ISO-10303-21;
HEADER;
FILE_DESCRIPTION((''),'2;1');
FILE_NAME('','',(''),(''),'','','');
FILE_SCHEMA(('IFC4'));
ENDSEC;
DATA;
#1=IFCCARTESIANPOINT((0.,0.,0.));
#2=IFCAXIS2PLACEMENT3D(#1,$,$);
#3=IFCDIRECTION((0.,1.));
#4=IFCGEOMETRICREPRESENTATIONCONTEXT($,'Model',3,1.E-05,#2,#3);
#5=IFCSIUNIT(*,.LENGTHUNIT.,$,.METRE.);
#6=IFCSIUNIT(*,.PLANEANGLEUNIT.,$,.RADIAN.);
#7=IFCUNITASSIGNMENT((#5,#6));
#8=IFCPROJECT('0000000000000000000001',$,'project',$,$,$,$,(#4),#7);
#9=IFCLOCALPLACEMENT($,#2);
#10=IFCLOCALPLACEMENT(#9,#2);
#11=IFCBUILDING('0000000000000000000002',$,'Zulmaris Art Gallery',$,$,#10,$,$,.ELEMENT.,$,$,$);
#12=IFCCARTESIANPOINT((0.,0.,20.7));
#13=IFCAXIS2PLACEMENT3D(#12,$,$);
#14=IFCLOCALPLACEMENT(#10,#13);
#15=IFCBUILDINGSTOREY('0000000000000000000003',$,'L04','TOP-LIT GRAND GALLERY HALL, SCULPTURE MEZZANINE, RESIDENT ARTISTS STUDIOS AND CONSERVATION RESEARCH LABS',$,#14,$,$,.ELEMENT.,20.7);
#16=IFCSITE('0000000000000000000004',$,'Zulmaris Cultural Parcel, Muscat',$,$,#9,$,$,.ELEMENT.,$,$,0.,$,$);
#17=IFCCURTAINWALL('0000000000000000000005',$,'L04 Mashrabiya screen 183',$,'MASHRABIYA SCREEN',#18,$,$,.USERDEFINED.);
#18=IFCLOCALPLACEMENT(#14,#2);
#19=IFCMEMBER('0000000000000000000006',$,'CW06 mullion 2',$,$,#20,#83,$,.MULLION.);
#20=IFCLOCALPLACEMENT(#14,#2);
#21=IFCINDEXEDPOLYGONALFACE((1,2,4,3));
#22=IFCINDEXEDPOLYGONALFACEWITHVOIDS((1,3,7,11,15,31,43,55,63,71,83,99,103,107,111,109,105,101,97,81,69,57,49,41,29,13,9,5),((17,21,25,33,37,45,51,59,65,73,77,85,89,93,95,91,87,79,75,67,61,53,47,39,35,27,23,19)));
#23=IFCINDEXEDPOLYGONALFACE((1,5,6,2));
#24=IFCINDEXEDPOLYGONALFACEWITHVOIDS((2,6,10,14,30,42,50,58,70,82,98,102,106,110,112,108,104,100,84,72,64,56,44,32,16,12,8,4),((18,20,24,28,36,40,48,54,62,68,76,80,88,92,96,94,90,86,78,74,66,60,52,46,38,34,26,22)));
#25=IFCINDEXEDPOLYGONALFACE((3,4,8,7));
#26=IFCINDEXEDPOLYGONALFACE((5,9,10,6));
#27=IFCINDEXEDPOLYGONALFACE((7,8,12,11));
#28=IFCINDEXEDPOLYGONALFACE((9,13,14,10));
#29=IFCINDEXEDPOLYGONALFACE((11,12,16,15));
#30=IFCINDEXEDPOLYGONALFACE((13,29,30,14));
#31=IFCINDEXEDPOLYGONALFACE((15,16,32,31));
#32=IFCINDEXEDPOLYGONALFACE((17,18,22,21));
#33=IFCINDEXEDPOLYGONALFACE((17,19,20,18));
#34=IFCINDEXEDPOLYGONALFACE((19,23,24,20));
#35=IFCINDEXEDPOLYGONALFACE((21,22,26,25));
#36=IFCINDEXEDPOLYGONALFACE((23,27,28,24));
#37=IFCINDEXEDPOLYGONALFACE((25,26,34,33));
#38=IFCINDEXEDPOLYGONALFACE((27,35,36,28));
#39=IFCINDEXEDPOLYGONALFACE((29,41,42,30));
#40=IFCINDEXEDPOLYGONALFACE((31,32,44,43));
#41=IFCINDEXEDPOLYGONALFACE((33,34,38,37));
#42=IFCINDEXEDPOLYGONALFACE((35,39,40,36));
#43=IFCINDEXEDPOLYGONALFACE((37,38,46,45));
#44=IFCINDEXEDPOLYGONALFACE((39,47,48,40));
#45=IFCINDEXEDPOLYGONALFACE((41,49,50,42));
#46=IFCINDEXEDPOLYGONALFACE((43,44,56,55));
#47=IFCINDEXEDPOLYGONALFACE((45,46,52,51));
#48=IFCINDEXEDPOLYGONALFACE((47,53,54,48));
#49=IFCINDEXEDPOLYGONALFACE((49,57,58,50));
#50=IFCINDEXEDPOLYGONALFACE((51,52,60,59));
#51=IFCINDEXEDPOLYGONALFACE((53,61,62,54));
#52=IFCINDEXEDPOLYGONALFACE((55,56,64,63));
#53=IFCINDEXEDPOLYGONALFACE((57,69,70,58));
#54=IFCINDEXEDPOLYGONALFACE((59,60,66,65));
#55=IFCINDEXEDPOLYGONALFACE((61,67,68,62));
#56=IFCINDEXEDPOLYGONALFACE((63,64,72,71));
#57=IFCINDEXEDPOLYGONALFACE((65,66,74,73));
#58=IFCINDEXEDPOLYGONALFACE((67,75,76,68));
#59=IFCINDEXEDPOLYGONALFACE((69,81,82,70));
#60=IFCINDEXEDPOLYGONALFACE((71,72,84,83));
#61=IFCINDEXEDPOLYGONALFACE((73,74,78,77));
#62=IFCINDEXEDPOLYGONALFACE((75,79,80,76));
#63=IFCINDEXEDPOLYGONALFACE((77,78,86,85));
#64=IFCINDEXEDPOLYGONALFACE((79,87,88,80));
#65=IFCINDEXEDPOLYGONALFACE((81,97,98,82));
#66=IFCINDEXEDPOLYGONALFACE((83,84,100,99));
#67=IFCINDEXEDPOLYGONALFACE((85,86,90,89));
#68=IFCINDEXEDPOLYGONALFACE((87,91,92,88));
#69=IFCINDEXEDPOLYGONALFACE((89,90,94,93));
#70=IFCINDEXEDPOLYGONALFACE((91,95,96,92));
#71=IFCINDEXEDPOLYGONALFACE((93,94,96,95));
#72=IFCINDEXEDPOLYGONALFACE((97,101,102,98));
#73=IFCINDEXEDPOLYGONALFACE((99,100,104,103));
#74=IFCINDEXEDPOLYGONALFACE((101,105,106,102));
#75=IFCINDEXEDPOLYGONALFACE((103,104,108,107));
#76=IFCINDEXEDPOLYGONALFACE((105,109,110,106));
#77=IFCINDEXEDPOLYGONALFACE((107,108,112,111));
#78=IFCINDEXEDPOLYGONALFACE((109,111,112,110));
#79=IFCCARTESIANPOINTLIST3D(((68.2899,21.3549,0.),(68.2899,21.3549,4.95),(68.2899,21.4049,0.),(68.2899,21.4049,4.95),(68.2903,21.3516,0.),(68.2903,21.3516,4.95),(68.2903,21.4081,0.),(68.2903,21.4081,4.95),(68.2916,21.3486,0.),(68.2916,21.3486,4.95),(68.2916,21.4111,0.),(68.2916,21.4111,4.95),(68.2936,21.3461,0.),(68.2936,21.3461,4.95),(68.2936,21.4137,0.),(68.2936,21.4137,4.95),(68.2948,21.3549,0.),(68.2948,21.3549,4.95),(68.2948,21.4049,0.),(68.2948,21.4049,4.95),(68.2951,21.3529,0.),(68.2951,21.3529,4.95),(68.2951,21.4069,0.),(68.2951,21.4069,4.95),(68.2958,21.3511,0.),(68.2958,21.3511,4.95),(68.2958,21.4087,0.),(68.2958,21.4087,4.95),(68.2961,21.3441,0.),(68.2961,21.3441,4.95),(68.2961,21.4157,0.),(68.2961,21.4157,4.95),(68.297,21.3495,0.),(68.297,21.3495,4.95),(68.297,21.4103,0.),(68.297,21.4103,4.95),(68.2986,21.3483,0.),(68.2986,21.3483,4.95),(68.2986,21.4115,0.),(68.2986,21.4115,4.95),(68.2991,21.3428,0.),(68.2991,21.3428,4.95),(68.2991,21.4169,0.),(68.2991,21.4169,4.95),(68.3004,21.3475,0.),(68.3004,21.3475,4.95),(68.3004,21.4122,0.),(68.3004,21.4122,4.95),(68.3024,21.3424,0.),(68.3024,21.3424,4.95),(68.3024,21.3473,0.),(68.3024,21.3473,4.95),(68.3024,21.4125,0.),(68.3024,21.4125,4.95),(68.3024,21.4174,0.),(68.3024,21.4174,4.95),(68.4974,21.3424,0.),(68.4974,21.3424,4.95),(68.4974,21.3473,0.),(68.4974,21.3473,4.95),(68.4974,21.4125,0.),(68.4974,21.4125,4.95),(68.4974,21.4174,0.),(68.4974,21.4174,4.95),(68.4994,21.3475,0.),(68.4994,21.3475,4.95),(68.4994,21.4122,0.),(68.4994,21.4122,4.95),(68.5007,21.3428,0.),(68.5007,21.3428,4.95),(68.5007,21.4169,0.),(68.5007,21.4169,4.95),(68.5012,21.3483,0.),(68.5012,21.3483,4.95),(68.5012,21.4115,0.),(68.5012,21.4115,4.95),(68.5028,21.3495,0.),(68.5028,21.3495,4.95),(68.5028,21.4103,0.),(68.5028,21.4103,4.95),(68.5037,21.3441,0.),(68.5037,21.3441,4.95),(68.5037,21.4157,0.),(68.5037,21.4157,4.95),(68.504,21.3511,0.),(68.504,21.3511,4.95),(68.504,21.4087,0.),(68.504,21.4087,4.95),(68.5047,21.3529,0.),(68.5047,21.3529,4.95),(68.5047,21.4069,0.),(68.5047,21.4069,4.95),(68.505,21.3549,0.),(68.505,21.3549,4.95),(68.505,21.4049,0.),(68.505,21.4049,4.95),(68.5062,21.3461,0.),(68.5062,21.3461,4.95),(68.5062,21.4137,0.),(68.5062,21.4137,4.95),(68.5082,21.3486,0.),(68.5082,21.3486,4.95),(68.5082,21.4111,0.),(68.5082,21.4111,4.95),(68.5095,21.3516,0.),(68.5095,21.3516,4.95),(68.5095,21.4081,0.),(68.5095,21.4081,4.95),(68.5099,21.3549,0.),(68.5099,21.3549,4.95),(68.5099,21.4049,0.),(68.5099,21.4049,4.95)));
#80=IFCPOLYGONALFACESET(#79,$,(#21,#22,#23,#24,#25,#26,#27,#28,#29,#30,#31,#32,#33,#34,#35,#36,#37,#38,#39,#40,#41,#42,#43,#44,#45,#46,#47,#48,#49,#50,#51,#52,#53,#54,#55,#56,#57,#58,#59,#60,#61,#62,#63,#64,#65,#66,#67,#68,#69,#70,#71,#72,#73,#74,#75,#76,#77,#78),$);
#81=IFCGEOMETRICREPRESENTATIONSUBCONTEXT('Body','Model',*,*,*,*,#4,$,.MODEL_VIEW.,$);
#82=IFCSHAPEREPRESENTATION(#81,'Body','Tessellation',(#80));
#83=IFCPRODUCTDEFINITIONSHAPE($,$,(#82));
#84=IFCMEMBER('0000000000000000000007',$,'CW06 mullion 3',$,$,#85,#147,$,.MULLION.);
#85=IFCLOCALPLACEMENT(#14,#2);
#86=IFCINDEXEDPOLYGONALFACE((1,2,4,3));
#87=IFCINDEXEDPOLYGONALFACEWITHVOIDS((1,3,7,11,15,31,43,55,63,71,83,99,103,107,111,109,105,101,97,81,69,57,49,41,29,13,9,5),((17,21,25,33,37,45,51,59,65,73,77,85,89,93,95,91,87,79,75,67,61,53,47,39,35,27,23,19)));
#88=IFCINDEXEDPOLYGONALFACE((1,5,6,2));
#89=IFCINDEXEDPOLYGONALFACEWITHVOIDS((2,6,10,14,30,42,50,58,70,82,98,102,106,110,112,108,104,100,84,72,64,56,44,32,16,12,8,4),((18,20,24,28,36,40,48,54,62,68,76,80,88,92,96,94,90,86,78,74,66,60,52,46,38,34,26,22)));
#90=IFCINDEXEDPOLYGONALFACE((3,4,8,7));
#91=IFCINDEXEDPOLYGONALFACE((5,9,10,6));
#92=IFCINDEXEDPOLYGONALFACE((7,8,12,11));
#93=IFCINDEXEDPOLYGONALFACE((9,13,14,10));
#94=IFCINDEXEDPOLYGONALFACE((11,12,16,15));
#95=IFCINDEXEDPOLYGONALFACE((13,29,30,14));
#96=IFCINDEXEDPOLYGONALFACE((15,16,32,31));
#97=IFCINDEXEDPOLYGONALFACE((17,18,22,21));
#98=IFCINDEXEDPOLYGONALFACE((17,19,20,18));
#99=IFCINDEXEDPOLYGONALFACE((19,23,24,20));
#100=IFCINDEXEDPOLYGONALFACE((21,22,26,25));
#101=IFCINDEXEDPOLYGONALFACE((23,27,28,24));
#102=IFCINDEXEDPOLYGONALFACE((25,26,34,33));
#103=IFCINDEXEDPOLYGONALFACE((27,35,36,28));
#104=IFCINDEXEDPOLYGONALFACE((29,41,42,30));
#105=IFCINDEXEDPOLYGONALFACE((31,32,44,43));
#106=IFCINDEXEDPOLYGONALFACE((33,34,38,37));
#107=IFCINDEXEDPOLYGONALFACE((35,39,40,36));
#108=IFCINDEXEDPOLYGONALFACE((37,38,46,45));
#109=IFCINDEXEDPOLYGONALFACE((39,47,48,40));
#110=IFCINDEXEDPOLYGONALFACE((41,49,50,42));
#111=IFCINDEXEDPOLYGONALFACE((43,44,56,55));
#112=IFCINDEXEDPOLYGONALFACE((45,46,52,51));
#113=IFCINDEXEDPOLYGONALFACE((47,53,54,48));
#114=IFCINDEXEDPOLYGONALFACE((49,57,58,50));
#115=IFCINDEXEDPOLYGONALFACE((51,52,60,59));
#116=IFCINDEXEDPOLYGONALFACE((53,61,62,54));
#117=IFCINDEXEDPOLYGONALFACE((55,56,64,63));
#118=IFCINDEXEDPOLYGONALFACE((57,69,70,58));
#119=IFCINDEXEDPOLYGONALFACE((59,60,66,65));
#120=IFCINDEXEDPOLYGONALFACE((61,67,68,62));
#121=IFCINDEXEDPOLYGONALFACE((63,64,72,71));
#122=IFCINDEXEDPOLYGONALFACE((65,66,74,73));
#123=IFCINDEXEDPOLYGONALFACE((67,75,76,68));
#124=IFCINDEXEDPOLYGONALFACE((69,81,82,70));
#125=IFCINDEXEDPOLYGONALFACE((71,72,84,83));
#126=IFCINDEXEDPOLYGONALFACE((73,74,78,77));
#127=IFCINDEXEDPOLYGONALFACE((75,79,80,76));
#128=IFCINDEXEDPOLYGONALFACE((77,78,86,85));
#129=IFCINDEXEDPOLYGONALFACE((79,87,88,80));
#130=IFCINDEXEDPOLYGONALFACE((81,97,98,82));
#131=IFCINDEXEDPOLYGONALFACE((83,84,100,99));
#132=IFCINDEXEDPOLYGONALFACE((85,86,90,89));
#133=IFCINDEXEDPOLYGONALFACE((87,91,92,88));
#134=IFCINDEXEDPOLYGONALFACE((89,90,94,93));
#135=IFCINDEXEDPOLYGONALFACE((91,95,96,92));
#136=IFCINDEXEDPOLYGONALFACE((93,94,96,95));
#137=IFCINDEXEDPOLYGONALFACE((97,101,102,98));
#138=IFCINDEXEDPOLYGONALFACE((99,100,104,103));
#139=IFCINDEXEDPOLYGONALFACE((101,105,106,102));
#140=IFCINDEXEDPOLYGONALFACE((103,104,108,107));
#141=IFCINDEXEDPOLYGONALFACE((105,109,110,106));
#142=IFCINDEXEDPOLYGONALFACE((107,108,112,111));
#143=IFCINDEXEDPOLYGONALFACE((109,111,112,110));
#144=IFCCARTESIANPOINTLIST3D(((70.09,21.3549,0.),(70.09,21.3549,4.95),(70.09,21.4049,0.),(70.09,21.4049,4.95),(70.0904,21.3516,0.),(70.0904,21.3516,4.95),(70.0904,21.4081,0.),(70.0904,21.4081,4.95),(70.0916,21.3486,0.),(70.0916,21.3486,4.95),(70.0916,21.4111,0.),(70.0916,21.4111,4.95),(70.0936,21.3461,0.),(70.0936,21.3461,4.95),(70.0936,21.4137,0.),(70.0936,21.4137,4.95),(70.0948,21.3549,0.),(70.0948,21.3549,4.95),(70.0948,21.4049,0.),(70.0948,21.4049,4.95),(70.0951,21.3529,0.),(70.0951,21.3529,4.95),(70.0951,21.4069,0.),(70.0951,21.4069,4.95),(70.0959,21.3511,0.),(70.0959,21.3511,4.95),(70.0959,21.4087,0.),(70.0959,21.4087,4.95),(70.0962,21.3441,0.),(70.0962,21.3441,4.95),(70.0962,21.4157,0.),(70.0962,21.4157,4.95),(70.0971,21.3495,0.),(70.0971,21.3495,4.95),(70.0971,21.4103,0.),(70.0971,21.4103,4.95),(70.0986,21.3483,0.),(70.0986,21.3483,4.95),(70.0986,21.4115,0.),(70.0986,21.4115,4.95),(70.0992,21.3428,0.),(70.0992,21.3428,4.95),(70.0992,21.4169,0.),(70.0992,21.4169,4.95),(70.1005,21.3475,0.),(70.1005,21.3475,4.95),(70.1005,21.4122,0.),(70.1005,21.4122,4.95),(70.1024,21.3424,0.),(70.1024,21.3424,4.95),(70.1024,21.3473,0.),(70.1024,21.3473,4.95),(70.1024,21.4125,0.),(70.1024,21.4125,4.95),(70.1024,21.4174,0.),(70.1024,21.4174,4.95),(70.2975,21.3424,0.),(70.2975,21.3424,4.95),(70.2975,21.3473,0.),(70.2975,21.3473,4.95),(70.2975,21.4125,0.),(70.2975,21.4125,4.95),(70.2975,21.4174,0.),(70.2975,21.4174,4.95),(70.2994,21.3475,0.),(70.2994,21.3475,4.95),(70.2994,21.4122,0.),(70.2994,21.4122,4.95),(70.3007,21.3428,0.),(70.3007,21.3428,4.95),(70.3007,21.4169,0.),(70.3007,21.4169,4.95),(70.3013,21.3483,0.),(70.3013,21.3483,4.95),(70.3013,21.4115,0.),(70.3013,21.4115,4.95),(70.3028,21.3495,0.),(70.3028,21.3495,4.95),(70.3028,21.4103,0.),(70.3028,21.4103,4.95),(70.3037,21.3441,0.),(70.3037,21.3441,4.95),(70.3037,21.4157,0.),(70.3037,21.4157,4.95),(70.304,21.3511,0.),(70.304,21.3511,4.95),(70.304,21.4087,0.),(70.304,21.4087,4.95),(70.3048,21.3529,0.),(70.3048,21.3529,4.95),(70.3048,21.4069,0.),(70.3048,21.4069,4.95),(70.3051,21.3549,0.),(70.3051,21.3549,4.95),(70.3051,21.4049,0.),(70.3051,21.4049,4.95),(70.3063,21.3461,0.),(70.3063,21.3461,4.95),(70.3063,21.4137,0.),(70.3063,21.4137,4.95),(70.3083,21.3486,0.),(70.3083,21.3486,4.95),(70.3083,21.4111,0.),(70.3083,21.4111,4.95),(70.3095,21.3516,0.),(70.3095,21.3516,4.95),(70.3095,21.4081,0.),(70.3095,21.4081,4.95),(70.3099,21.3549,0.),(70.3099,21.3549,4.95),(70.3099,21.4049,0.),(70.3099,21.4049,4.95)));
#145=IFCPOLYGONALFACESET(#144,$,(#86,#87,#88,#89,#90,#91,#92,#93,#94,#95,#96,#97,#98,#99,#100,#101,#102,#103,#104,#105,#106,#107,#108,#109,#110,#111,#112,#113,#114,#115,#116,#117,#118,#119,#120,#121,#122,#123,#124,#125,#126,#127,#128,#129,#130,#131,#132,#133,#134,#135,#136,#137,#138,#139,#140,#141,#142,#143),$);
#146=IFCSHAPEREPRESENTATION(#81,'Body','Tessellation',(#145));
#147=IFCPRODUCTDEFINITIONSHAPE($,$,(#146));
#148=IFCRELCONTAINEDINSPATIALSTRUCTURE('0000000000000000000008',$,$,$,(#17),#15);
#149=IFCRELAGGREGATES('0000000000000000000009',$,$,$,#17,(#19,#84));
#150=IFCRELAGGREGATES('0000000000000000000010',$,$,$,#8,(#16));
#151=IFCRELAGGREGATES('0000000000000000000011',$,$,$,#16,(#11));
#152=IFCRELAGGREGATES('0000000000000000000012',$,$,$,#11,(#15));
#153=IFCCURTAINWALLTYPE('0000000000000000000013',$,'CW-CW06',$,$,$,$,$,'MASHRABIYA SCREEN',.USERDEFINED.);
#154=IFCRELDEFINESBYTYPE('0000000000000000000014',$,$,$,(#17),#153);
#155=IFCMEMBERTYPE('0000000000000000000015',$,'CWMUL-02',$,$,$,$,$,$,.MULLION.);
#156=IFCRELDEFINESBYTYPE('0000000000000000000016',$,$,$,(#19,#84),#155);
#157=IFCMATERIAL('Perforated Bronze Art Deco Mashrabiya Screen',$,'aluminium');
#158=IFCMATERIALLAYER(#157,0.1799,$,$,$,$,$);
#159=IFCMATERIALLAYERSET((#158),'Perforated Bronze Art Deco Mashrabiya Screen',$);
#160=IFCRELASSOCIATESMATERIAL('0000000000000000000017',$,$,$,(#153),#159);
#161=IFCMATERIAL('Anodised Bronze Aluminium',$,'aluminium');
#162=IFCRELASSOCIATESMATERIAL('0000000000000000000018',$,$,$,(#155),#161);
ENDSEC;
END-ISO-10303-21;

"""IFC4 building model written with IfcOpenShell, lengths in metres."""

from ifc_helpers import new_model, si_unit, direction, frame, origin, origin_2d, place, context, subcontext, project, spatial, hollow_rectangle, extrude, material, layer, layer_set, material_profile, profile_set, type_object, element, aggregate, save


model = new_model("IFC4")

# Units and contexts
model_context = context("Model", 3, precision=1e-05, world=origin(), true_north=direction((0.0, 1.0)))
body_context = subcontext(model_context, "Body", "Model", "MODEL_VIEW")
ifc_project = project(units=[si_unit("LENGTHUNIT", "METRE"), si_unit("PLANEANGLEUNIT", "RADIAN")], contexts=[model_context])

# Site, building, storey
site_placement = place(None, origin())
site = spatial("IfcSite", under=ifc_project, at=site_placement, Name="Zulmaris Cultural Parcel, Muscat", CompositionType="ELEMENT", RefElevation=0.0)
building_placement = place(site_placement, origin())
building = spatial("IfcBuilding", under=site, at=building_placement, Name="Zulmaris Art Gallery", CompositionType="ELEMENT")
storey_placement = place(building_placement, frame((0.0, 0.0, 20.7)))
storey = spatial("IfcBuildingStorey", under=building, at=storey_placement, Name="L04", Description="TOP-LIT GRAND GALLERY HALL, SCULPTURE MEZZANINE, RESIDENT ARTISTS STUDIOS AND CONSERVATION RESEARCH LABS", CompositionType="ELEMENT", Elevation=20.7)

# Curtain wall, members
ifc_material_1 = material(Name="Perforated Bronze Art Deco Mashrabiya Screen", Category="aluminium")
ifc_layer_1 = layer(ifc_material_1, 0.1799)
ifc_layer_set_1 = layer_set([ifc_layer_1], Name="Perforated Bronze Art Deco Mashrabiya Screen")
curtain_wall_type = type_object("IfcCurtainWallType", Name="CW-CW06", ElementType="MASHRABIYA SCREEN", PredefinedType="USERDEFINED", material=ifc_layer_set_1)
curtain_wall_placement = place(storey_placement, origin())
curtain_wall = element("IfcCurtainWall", 1, at=curtain_wall_placement, inside=storey, type_object=curtain_wall_type, Name="L04 Mashrabiya screen 183", ObjectType="MASHRABIYA SCREEN", PredefinedType="USERDEFINED")
ifc_material_2 = material(Name="Anodised Bronze Aluminium", Category="aluminium")
ifc_material_profile_1 = material_profile(ifc_material_2, hollow_rectangle(XDim=0.075, YDim=0.22, WallThickness=0.0049, InnerFilletRadius=0.0076, OuterFilletRadius=0.0125, at=origin_2d()), Name="ALU 75x220x5")
ifc_profile_set_1 = profile_set([ifc_material_profile_1], Name="Anodised Bronze Aluminium")
member_type_1 = type_object("IfcMemberType", Name="CWMUL-02", PredefinedType="MULLION", material=ifc_profile_set_1)
member_1_placement = place(storey_placement, frame((68.3999, 21.3799, 0.0), z_axis=(0.0, 0.0, 1.0), x_axis=(0.0, 1.0, 0.0)))
member_1 = element("IfcMember", 2, at=member_1_placement, type_object=member_type_1, Name="CW06 mullion 2", PredefinedType="MULLION", context=body_context, shape_type="SweptSolid", body=[
    extrude(hollow_rectangle(XDim=0.075, YDim=0.22, WallThickness=0.0049, InnerFilletRadius=0.0076, OuterFilletRadius=0.0125, at=origin_2d()), origin(), (0.0, 0.0, 1.0), 4.95),
])
member_2_placement = place(storey_placement, frame((70.2, 21.3799, 0.0), z_axis=(0.0, 0.0, 1.0), x_axis=(0.0, 1.0, 0.0)))
member_2 = element("IfcMember", 3, at=member_2_placement, type_object=member_type_1, Name="CW06 mullion 3", PredefinedType="MULLION", context=body_context, shape_type="SweptSolid", body=[
    extrude(hollow_rectangle(XDim=0.075, YDim=0.22, WallThickness=0.0049, InnerFilletRadius=0.0076, OuterFilletRadius=0.0125, at=origin_2d()), origin(), (0.0, 0.0, 1.0), 4.95),
])
aggregate(curtain_wall, [member_1, member_2])

save(model, "model.ifc")
